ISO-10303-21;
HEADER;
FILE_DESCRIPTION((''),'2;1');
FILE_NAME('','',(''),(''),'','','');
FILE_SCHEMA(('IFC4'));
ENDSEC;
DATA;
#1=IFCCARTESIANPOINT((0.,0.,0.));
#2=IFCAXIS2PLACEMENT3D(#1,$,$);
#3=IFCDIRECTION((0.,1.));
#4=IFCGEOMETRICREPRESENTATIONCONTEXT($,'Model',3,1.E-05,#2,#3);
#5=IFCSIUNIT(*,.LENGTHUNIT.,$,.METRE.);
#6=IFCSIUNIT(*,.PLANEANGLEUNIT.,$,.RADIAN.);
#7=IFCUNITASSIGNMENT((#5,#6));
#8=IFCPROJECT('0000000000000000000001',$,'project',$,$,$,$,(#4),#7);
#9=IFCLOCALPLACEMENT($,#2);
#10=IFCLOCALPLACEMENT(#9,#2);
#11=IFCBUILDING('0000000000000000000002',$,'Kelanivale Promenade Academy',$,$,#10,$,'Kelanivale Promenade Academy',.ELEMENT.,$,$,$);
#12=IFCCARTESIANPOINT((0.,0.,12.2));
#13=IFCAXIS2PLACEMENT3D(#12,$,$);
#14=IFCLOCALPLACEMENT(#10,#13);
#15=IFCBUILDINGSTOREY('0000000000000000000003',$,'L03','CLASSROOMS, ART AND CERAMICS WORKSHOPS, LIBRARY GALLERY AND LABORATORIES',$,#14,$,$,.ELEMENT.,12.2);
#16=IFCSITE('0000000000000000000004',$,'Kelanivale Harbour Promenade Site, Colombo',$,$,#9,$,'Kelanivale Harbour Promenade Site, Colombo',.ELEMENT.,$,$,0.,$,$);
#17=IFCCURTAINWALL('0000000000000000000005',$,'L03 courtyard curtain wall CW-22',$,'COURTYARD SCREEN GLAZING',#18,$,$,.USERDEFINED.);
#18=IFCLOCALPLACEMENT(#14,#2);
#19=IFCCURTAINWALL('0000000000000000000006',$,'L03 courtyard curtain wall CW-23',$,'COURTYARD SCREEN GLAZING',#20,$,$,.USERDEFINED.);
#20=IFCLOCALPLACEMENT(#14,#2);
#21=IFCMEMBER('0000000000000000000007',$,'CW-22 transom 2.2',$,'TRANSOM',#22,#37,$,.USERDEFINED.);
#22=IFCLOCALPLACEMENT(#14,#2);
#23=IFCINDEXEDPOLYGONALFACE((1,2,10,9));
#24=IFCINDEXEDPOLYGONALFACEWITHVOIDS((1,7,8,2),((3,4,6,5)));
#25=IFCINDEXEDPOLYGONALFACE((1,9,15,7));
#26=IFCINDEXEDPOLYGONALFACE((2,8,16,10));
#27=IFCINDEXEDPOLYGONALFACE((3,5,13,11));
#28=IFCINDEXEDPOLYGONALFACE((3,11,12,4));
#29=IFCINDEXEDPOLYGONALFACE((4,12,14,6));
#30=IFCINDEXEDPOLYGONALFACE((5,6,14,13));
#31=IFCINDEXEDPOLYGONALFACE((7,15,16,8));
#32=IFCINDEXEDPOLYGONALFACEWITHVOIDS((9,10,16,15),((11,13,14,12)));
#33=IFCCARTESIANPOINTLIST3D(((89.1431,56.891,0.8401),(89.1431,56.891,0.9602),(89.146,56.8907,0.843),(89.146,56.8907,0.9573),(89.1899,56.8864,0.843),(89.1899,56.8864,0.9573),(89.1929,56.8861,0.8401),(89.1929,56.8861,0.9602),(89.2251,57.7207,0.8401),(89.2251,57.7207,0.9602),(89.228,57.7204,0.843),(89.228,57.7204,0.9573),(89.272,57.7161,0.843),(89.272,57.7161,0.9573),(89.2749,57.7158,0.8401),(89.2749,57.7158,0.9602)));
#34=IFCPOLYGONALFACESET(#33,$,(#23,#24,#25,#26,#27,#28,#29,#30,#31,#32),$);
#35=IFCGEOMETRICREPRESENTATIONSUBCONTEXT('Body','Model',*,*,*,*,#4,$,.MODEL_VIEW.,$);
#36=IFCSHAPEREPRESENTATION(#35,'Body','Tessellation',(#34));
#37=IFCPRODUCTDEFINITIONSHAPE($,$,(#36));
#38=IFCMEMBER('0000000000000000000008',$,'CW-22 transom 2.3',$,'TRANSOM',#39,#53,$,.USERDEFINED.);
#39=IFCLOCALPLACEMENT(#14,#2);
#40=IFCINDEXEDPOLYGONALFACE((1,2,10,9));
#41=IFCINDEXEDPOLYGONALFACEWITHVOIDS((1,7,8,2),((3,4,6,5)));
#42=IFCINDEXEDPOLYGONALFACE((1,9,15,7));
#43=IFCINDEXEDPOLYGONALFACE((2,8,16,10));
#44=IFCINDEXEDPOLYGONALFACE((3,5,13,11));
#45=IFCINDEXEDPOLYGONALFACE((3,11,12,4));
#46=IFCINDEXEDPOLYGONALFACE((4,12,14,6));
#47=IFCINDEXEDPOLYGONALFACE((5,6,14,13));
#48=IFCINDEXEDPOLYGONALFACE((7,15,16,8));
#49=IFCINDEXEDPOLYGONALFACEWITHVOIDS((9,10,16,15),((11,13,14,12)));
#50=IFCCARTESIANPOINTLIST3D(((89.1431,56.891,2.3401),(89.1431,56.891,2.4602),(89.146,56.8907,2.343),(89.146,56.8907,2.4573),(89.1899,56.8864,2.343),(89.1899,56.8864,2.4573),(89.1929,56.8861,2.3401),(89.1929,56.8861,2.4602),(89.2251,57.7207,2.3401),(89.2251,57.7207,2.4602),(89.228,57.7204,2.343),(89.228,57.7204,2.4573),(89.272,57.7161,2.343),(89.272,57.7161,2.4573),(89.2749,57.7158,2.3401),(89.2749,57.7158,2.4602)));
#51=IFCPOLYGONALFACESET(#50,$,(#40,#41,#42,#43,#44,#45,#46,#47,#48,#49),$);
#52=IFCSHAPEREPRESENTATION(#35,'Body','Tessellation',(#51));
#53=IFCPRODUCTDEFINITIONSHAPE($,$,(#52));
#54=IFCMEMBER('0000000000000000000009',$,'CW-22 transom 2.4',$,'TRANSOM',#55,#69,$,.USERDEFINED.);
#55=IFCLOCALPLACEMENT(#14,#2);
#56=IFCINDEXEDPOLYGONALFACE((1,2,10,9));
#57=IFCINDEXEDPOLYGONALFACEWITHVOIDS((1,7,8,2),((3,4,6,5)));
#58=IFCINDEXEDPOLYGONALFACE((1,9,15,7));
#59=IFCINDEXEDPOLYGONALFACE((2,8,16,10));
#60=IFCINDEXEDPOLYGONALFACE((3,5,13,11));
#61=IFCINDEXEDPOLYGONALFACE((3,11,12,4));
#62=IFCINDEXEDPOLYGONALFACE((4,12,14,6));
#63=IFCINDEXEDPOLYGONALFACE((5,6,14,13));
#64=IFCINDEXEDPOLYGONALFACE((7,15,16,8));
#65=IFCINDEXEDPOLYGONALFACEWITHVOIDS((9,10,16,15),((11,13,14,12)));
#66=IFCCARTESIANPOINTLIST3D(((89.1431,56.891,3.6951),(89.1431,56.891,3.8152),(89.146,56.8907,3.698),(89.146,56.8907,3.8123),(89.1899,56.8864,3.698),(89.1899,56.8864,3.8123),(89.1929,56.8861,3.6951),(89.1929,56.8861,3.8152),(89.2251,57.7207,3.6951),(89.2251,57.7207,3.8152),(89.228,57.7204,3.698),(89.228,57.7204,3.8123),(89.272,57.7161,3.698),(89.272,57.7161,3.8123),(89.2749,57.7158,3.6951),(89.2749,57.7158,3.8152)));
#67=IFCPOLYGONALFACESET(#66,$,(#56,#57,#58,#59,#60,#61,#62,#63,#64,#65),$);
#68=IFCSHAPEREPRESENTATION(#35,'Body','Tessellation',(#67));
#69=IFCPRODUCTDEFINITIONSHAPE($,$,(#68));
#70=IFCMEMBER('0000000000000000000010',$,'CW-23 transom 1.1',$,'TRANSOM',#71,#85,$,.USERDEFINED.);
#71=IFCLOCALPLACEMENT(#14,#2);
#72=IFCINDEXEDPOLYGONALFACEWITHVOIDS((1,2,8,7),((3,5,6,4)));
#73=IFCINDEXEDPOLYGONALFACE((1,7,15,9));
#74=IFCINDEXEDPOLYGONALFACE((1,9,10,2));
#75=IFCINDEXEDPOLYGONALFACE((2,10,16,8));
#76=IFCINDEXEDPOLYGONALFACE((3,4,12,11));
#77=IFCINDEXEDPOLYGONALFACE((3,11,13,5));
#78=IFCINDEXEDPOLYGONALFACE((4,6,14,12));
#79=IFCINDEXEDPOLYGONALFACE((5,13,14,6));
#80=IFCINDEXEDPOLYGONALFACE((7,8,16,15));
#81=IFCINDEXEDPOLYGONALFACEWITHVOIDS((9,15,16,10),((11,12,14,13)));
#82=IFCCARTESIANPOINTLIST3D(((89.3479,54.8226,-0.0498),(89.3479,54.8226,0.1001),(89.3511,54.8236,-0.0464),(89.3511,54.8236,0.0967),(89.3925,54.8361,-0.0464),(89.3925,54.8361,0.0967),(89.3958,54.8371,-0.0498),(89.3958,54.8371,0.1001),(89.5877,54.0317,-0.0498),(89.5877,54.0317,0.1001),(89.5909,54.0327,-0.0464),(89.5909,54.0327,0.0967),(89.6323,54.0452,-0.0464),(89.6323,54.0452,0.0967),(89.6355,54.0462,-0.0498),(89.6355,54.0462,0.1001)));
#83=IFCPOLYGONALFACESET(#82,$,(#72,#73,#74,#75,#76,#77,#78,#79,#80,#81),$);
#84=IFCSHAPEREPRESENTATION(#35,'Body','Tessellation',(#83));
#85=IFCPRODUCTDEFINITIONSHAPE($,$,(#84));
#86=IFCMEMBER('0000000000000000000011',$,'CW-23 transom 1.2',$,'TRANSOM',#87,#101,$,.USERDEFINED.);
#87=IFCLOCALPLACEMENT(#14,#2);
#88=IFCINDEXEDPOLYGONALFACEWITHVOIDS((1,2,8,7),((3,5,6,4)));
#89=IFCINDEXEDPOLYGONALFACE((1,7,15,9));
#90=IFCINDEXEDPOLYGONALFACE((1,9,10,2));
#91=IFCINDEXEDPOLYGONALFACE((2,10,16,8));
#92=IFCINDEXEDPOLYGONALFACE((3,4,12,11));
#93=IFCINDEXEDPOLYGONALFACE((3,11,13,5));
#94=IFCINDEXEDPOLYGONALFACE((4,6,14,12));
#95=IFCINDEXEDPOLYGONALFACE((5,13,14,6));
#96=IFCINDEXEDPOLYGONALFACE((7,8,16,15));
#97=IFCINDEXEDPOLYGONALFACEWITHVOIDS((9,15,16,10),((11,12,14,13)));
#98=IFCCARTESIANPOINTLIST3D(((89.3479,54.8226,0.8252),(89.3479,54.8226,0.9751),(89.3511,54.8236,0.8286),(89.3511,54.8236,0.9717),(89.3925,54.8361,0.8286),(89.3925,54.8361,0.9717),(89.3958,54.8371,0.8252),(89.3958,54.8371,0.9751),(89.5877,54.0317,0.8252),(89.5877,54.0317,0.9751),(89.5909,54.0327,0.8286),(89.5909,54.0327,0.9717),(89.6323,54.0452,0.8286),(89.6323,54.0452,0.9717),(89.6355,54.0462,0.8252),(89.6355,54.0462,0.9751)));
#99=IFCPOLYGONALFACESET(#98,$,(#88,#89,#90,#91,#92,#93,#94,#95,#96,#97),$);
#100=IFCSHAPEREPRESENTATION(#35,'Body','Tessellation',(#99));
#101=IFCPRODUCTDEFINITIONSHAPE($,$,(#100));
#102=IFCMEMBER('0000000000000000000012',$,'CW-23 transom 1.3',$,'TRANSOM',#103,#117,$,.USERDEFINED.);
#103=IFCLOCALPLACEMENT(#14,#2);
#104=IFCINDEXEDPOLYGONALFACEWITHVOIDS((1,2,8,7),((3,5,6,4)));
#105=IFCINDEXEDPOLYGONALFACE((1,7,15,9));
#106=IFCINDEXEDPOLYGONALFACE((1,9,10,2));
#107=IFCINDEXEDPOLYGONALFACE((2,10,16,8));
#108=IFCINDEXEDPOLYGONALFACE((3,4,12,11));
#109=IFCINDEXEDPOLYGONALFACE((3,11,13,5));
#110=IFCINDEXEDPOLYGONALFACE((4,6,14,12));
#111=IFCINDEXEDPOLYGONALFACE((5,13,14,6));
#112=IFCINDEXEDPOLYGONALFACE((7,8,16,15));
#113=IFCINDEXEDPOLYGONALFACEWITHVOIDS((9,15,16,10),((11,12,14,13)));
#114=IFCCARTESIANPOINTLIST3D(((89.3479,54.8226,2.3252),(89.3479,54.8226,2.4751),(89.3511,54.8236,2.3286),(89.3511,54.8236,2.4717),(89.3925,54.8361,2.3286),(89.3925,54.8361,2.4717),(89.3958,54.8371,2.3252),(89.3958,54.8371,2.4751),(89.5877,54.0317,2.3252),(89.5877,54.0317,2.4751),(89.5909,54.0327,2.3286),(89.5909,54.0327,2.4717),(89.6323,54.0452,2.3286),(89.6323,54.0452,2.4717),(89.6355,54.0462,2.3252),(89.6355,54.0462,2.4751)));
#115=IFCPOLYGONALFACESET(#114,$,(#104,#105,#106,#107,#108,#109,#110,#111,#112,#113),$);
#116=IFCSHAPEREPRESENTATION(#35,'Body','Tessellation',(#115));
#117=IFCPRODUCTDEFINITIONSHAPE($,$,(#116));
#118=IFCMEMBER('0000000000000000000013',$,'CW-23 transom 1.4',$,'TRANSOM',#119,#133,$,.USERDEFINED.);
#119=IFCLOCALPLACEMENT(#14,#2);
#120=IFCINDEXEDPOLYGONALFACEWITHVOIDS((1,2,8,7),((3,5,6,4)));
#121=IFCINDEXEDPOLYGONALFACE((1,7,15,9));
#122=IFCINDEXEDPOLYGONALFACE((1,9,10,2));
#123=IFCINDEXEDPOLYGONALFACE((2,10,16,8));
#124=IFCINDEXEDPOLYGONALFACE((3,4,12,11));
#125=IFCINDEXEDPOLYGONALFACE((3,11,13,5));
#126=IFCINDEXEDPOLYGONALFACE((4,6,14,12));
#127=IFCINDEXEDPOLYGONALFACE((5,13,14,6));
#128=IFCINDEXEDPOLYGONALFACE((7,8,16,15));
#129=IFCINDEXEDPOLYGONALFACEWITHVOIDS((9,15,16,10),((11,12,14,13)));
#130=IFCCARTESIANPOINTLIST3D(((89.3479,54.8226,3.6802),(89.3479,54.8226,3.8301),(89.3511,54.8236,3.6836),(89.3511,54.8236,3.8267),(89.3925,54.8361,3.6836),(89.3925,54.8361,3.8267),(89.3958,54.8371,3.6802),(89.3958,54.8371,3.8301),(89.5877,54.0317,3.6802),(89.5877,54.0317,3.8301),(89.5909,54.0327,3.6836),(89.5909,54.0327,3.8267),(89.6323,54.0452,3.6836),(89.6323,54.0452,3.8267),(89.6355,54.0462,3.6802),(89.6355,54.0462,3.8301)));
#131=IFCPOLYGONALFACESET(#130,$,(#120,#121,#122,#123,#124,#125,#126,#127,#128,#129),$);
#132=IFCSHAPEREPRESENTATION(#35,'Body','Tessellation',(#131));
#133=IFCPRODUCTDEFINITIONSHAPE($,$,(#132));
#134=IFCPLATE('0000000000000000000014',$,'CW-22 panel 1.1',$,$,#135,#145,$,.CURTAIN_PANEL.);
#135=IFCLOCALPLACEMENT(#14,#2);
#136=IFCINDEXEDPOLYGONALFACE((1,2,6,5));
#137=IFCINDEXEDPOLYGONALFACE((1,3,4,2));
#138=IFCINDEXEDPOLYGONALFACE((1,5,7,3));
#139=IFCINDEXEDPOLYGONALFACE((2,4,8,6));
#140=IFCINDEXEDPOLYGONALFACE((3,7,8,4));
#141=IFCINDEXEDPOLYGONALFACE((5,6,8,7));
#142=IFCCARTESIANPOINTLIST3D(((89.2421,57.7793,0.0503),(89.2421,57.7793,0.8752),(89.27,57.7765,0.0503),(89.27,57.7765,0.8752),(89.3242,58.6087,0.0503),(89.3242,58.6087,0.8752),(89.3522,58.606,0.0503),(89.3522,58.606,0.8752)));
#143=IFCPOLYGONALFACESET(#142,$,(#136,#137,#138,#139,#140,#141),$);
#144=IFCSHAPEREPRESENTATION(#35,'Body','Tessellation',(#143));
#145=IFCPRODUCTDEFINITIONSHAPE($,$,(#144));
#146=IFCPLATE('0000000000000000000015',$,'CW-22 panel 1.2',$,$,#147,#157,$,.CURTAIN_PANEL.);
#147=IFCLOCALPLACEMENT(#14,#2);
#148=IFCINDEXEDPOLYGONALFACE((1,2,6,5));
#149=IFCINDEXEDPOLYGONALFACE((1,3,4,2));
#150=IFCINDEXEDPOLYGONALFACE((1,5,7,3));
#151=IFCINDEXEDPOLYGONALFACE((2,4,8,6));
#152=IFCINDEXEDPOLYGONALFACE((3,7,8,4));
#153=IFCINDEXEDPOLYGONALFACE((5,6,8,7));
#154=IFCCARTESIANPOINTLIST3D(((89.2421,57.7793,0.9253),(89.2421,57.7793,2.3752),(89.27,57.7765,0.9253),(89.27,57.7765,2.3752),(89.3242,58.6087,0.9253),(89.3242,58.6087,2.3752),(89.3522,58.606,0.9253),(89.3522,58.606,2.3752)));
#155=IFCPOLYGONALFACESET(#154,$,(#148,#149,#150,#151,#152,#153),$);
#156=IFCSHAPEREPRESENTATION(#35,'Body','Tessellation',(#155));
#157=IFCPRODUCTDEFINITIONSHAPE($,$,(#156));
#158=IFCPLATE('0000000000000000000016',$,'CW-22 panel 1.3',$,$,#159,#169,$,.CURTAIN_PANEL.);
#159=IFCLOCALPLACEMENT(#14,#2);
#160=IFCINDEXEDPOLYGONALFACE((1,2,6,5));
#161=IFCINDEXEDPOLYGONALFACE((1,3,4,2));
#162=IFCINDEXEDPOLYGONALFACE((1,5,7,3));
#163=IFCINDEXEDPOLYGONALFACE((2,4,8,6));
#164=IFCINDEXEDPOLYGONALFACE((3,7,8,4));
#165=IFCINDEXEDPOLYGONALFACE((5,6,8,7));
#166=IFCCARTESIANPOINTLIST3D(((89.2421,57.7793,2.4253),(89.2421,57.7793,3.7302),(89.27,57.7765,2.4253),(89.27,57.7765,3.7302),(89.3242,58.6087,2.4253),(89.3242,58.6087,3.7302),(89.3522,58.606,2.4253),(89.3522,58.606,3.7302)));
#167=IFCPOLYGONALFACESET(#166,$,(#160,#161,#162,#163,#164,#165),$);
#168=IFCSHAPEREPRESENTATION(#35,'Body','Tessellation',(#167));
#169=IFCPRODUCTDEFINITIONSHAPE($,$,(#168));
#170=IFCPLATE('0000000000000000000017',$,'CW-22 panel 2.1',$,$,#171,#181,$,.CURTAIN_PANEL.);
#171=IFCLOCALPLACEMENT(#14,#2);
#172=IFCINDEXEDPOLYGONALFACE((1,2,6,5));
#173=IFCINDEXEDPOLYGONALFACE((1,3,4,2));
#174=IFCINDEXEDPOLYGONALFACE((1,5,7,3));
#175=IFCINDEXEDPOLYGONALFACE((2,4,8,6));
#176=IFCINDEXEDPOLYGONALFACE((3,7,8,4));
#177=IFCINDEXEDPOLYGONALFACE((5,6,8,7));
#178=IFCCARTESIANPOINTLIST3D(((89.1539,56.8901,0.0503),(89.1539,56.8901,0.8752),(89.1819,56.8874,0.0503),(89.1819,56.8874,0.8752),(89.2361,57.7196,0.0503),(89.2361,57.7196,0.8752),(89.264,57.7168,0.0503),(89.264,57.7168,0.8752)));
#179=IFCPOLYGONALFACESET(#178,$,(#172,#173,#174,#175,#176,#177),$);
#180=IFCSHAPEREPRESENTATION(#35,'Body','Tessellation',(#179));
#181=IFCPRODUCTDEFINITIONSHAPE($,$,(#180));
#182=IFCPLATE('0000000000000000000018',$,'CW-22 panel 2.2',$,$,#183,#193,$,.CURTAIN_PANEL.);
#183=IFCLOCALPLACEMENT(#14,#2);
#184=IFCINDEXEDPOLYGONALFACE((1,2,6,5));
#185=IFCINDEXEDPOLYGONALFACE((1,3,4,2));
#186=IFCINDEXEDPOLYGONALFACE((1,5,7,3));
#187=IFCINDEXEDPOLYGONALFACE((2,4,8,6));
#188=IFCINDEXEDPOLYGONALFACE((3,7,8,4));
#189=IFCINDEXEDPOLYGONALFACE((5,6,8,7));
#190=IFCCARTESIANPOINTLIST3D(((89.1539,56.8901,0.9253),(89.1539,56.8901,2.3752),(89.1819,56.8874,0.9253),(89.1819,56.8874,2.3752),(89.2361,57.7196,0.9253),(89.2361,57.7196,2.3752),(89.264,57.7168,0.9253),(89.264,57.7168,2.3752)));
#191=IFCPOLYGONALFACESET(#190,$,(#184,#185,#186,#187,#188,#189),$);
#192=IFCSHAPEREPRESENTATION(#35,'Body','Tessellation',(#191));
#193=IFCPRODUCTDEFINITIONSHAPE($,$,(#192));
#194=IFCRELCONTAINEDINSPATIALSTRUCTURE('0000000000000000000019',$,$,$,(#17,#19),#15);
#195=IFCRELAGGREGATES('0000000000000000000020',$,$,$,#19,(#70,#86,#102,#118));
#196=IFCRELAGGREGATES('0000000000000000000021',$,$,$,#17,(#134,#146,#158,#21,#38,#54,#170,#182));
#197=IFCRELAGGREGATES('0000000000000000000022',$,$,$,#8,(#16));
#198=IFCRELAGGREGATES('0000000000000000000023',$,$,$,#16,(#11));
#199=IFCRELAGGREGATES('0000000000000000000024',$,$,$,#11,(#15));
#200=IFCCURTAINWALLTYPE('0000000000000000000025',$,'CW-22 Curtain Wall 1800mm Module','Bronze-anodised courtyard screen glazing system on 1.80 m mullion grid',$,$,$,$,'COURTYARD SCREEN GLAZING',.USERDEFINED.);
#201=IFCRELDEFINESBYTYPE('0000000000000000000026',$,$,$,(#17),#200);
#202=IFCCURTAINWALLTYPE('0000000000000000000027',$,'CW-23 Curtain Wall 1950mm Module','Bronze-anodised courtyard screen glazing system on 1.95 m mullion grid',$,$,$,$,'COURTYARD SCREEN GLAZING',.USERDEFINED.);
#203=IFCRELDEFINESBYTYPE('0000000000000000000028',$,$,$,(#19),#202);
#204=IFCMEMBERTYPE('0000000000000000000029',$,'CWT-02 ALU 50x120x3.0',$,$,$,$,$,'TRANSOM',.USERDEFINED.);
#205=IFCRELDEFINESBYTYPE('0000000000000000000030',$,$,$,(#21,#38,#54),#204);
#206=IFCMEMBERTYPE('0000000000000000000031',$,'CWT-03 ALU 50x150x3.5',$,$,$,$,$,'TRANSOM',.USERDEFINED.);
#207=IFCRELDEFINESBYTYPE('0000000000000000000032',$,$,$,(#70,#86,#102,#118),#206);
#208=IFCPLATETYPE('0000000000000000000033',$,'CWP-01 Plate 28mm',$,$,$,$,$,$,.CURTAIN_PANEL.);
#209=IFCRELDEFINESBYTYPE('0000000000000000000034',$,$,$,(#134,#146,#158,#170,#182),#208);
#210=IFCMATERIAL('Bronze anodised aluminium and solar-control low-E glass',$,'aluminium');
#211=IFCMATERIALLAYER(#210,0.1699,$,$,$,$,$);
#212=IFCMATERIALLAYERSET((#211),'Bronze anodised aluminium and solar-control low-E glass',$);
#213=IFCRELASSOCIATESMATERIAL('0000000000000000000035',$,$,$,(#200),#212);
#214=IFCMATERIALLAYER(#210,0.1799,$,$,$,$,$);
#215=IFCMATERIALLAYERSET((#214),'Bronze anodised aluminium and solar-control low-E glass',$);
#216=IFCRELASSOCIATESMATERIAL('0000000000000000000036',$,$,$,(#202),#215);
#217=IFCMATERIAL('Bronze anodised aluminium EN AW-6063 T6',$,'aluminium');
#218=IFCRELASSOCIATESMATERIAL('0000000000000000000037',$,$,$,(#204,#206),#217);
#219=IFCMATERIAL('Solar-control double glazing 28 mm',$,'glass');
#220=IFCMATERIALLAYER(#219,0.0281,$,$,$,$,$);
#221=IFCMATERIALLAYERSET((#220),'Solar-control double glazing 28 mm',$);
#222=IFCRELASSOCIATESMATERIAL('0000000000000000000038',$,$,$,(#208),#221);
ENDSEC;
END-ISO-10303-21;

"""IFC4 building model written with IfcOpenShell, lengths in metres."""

from ifc_helpers import new_model, si_unit, direction, frame, origin, origin_2d, place, context, subcontext, project, spatial, rectangle, hollow_rectangle, extrude, material, layer, layer_set, material_profile, profile_set, type_object, element, aggregate, save


model = new_model("IFC4")

# Units and contexts
model_context = context("Model", 3, precision=1e-05, world=origin(), true_north=direction((0.0, 1.0)))
body_context = subcontext(model_context, "Body", "Model", "MODEL_VIEW")
ifc_project = project(units=[si_unit("LENGTHUNIT", "METRE"), si_unit("PLANEANGLEUNIT", "RADIAN")], contexts=[model_context])

# Site, building, storey
site_placement = place(None, origin())
site = spatial("IfcSite", under=ifc_project, at=site_placement, Name="Kelanivale Harbour Promenade Site, Colombo", LongName="Kelanivale Harbour Promenade Site, Colombo", CompositionType="ELEMENT", RefElevation=0.0)
building_placement = place(site_placement, origin())
building = spatial("IfcBuilding", under=site, at=building_placement, Name="Kelanivale Promenade Academy", LongName="Kelanivale Promenade Academy", CompositionType="ELEMENT")
storey_placement = place(building_placement, frame((0.0, 0.0, 12.2)))
storey = spatial("IfcBuildingStorey", under=building, at=storey_placement, Name="L03", Description="CLASSROOMS, ART AND CERAMICS WORKSHOPS, LIBRARY GALLERY AND LABORATORIES", CompositionType="ELEMENT", Elevation=12.2)

# Shared definitions
ifc_material_1 = material(Name="Bronze anodised aluminium and solar-control low-E glass", Category="aluminium")
ifc_material_2 = material(Name="Bronze anodised aluminium EN AW-6063 T6", Category="aluminium")

# Curtain wall
ifc_layer_1 = layer(ifc_material_1, 0.1699)
ifc_layer_set_1 = layer_set([ifc_layer_1], Name="Bronze anodised aluminium and solar-control low-E glass")
curtain_wall_type_1 = type_object("IfcCurtainWallType", Name="CW-22 Curtain Wall 1800mm Module", Description="Bronze-anodised courtyard screen glazing system on 1.80 m mullion grid", ElementType="COURTYARD SCREEN GLAZING", PredefinedType="USERDEFINED", material=ifc_layer_set_1)
curtain_wall_1_placement = place(storey_placement, origin())
curtain_wall_1 = element("IfcCurtainWall", 1, at=curtain_wall_1_placement, inside=storey, type_object=curtain_wall_type_1, Name="L03 courtyard curtain wall CW-22", ObjectType="COURTYARD SCREEN GLAZING", PredefinedType="USERDEFINED")

# Curtain wall
ifc_layer_2 = layer(ifc_material_1, 0.1799)
ifc_layer_set_2 = layer_set([ifc_layer_2], Name="Bronze anodised aluminium and solar-control low-E glass")
curtain_wall_type_2 = type_object("IfcCurtainWallType", Name="CW-23 Curtain Wall 1950mm Module", Description="Bronze-anodised courtyard screen glazing system on 1.95 m mullion grid", ElementType="COURTYARD SCREEN GLAZING", PredefinedType="USERDEFINED", material=ifc_layer_set_2)
curtain_wall_2_placement = place(storey_placement, origin())
curtain_wall_2 = element("IfcCurtainWall", 2, at=curtain_wall_2_placement, inside=storey, type_object=curtain_wall_type_2, Name="L03 courtyard curtain wall CW-23", ObjectType="COURTYARD SCREEN GLAZING", PredefinedType="USERDEFINED")

# Members
ifc_material_profile_1 = material_profile(ifc_material_2, hollow_rectangle(XDim=0.05, YDim=0.1201, WallThickness=0.0029, at=origin_2d()), Name="ALU 50x120x3.0")
ifc_profile_set_1 = profile_set([ifc_material_profile_1], Name="Bronze anodised aluminium EN AW-6063 T6")
member_type_1 = type_object("IfcMemberType", Name="CWT-02 ALU 50x120x3.0", ElementType="TRANSOM", PredefinedType="USERDEFINED", material=ifc_profile_set_1)
member_1_placement = place(storey_placement, frame((89.25, 57.7183, 0.9001), z_axis=(-0.098402, -0.995147, 0.0), x_axis=(0.995147, -0.098402, 0.0)))
member_1 = element("IfcMember", 3, at=member_1_placement, type_object=member_type_1, Name="CW-22 transom 2.2", ObjectType="TRANSOM", PredefinedType="USERDEFINED", context=body_context, shape_type="SweptSolid", body=[
    extrude(hollow_rectangle(XDim=0.05, YDim=0.1201, WallThickness=0.0029, at=origin_2d()), origin(), (0.0, 0.0, 1.0), 0.8337),
])
member_2_placement = place(storey_placement, frame((89.25, 57.7183, 2.4001), z_axis=(-0.098402, -0.995147, 0.0), x_axis=(0.995147, -0.098402, 0.0)))
member_2 = element("IfcMember", 4, at=member_2_placement, type_object=member_type_1, Name="CW-22 transom 2.3", ObjectType="TRANSOM", PredefinedType="USERDEFINED", context=body_context, shape_type="SweptSolid", body=[
    extrude(hollow_rectangle(XDim=0.05, YDim=0.1201, WallThickness=0.0029, at=origin_2d()), origin(), (0.0, 0.0, 1.0), 0.8337),
])
member_3_placement = place(storey_placement, frame((89.25, 57.7183, 3.7551), z_axis=(-0.098402, -0.995147, 0.0), x_axis=(0.995147, -0.098402, 0.0)))
member_3 = element("IfcMember", 5, at=member_3_placement, type_object=member_type_1, Name="CW-22 transom 2.4", ObjectType="TRANSOM", PredefinedType="USERDEFINED", context=body_context, shape_type="SweptSolid", body=[
    extrude(hollow_rectangle(XDim=0.05, YDim=0.1201, WallThickness=0.0029, at=origin_2d()), origin(), (0.0, 0.0, 1.0), 0.8337),
])
ifc_material_profile_2 = material_profile(ifc_material_2, hollow_rectangle(XDim=0.05, YDim=0.1499, WallThickness=0.0034, at=origin_2d()), Name="ALU 50x150x3.5")
ifc_profile_set_2 = profile_set([ifc_material_profile_2], Name="Bronze anodised aluminium EN AW-6063 T6")
member_type_2 = type_object("IfcMemberType", Name="CWT-03 ALU 50x150x3.5", ElementType="TRANSOM", PredefinedType="USERDEFINED", material=ifc_profile_set_2)
member_4_placement = place(storey_placement, frame((89.3718, 54.8298, 0.0251), z_axis=(0.290139, -0.956985, 0.0), x_axis=(0.956985, 0.290139, 0.0)))
member_4 = element("IfcMember", 6, at=member_4_placement, type_object=member_type_2, Name="CW-23 transom 1.1", ObjectType="TRANSOM", PredefinedType="USERDEFINED", context=body_context, shape_type="SweptSolid", body=[
    extrude(hollow_rectangle(XDim=0.05, YDim=0.1499, WallThickness=0.0034, at=origin_2d()), origin(), (0.0, 0.0, 1.0), 0.8264),
])
member_5_placement = place(storey_placement, frame((89.3718, 54.8298, 0.9001), z_axis=(0.290139, -0.956985, 0.0), x_axis=(0.956985, 0.290139, 0.0)))
member_5 = element("IfcMember", 7, at=member_5_placement, type_object=member_type_2, Name="CW-23 transom 1.2", ObjectType="TRANSOM", PredefinedType="USERDEFINED", context=body_context, shape_type="SweptSolid", body=[
    extrude(hollow_rectangle(XDim=0.05, YDim=0.1499, WallThickness=0.0034, at=origin_2d()), origin(), (0.0, 0.0, 1.0), 0.8264),
])
member_6_placement = place(storey_placement, frame((89.3718, 54.8298, 2.4001), z_axis=(0.290139, -0.956985, 0.0), x_axis=(0.956985, 0.290139, 0.0)))
member_6 = element("IfcMember", 8, at=member_6_placement, type_object=member_type_2, Name="CW-23 transom 1.3", ObjectType="TRANSOM", PredefinedType="USERDEFINED", context=body_context, shape_type="SweptSolid", body=[
    extrude(hollow_rectangle(XDim=0.05, YDim=0.1499, WallThickness=0.0034, at=origin_2d()), origin(), (0.0, 0.0, 1.0), 0.8264),
])
member_7_placement = place(storey_placement, frame((89.3718, 54.8298, 3.7551), z_axis=(0.290139, -0.956985, 0.0), x_axis=(0.956985, 0.290139, 0.0)))
member_7 = element("IfcMember", 9, at=member_7_placement, type_object=member_type_2, Name="CW-23 transom 1.4", ObjectType="TRANSOM", PredefinedType="USERDEFINED", context=body_context, shape_type="SweptSolid", body=[
    extrude(hollow_rectangle(XDim=0.05, YDim=0.1499, WallThickness=0.0034, at=origin_2d()), origin(), (0.0, 0.0, 1.0), 0.8264),
])
aggregate(curtain_wall_2, [member_4, member_5, member_6, member_7])

# Plates
ifc_material_3 = material(Name="Solar-control double glazing 28 mm", Category="glass")
ifc_layer_3 = layer(ifc_material_3, 0.0281)
ifc_layer_set_3 = layer_set([ifc_layer_3], Name="Solar-control double glazing 28 mm")
plate_type_1 = type_object("IfcPlateType", Name="CWP-01 Plate 28mm", PredefinedType="CURTAIN_PANEL", material=ifc_layer_set_3)
plate_1_placement = place(storey_placement, frame((89.2971, 58.1926, 0.0503), z_axis=(0.0, 0.0, 1.0), x_axis=(-0.098539, -0.995133, 0.0)))
plate_1 = element("IfcPlate", 10, at=plate_1_placement, type_object=plate_type_1, Name="CW-22 panel 1.1", PredefinedType="CURTAIN_PANEL", context=body_context, shape_type="SweptSolid", body=[
    extrude(rectangle(XDim=0.8335, YDim=0.0281, at=origin_2d()), origin(), (0.0, 0.0, 1.0), 0.825),
])
plate_2_placement = place(storey_placement, frame((89.2971, 58.1926, 0.9253), z_axis=(0.0, 0.0, 1.0), x_axis=(-0.098539, -0.995133, 0.0)))
plate_2 = element("IfcPlate", 11, at=plate_2_placement, type_object=plate_type_1, Name="CW-22 panel 1.2", PredefinedType="CURTAIN_PANEL", context=body_context, shape_type="SweptSolid", body=[
    extrude(rectangle(XDim=0.8335, YDim=0.0281, at=origin_2d()), origin(), (0.0, 0.0, 1.0), 1.45),
])
plate_3_placement = place(storey_placement, frame((89.2971, 58.1926, 2.4253), z_axis=(0.0, 0.0, 1.0), x_axis=(-0.098539, -0.995133, 0.0)))
plate_3 = element("IfcPlate", 12, at=plate_3_placement, type_object=plate_type_1, Name="CW-22 panel 1.3", PredefinedType="CURTAIN_PANEL", context=body_context, shape_type="SweptSolid", body=[
    extrude(rectangle(XDim=0.8335, YDim=0.0281, at=origin_2d()), origin(), (0.0, 0.0, 1.0), 1.3049),
])
plate_4_placement = place(storey_placement, frame((89.209, 57.3035, 0.0503), z_axis=(0.0, 0.0, 1.0), x_axis=(-0.098539, -0.995133, 0.0)))
plate_4 = element("IfcPlate", 13, at=plate_4_placement, type_object=plate_type_1, Name="CW-22 panel 2.1", PredefinedType="CURTAIN_PANEL", context=body_context, shape_type="SweptSolid", body=[
    extrude(rectangle(XDim=0.8335, YDim=0.0281, at=origin_2d()), origin(), (0.0, 0.0, 1.0), 0.825),
])
plate_5_placement = place(storey_placement, frame((89.209, 57.3035, 0.9253), z_axis=(0.0, 0.0, 1.0), x_axis=(-0.098539, -0.995133, 0.0)))
plate_5 = element("IfcPlate", 14, at=plate_5_placement, type_object=plate_type_1, Name="CW-22 panel 2.2", PredefinedType="CURTAIN_PANEL", context=body_context, shape_type="SweptSolid", body=[
    extrude(rectangle(XDim=0.8335, YDim=0.0281, at=origin_2d()), origin(), (0.0, 0.0, 1.0), 1.45),
])
aggregate(curtain_wall_1, [plate_1, plate_2, plate_3, member_1, member_2, member_3, plate_4, plate_5])

save(model, "model.ifc")
